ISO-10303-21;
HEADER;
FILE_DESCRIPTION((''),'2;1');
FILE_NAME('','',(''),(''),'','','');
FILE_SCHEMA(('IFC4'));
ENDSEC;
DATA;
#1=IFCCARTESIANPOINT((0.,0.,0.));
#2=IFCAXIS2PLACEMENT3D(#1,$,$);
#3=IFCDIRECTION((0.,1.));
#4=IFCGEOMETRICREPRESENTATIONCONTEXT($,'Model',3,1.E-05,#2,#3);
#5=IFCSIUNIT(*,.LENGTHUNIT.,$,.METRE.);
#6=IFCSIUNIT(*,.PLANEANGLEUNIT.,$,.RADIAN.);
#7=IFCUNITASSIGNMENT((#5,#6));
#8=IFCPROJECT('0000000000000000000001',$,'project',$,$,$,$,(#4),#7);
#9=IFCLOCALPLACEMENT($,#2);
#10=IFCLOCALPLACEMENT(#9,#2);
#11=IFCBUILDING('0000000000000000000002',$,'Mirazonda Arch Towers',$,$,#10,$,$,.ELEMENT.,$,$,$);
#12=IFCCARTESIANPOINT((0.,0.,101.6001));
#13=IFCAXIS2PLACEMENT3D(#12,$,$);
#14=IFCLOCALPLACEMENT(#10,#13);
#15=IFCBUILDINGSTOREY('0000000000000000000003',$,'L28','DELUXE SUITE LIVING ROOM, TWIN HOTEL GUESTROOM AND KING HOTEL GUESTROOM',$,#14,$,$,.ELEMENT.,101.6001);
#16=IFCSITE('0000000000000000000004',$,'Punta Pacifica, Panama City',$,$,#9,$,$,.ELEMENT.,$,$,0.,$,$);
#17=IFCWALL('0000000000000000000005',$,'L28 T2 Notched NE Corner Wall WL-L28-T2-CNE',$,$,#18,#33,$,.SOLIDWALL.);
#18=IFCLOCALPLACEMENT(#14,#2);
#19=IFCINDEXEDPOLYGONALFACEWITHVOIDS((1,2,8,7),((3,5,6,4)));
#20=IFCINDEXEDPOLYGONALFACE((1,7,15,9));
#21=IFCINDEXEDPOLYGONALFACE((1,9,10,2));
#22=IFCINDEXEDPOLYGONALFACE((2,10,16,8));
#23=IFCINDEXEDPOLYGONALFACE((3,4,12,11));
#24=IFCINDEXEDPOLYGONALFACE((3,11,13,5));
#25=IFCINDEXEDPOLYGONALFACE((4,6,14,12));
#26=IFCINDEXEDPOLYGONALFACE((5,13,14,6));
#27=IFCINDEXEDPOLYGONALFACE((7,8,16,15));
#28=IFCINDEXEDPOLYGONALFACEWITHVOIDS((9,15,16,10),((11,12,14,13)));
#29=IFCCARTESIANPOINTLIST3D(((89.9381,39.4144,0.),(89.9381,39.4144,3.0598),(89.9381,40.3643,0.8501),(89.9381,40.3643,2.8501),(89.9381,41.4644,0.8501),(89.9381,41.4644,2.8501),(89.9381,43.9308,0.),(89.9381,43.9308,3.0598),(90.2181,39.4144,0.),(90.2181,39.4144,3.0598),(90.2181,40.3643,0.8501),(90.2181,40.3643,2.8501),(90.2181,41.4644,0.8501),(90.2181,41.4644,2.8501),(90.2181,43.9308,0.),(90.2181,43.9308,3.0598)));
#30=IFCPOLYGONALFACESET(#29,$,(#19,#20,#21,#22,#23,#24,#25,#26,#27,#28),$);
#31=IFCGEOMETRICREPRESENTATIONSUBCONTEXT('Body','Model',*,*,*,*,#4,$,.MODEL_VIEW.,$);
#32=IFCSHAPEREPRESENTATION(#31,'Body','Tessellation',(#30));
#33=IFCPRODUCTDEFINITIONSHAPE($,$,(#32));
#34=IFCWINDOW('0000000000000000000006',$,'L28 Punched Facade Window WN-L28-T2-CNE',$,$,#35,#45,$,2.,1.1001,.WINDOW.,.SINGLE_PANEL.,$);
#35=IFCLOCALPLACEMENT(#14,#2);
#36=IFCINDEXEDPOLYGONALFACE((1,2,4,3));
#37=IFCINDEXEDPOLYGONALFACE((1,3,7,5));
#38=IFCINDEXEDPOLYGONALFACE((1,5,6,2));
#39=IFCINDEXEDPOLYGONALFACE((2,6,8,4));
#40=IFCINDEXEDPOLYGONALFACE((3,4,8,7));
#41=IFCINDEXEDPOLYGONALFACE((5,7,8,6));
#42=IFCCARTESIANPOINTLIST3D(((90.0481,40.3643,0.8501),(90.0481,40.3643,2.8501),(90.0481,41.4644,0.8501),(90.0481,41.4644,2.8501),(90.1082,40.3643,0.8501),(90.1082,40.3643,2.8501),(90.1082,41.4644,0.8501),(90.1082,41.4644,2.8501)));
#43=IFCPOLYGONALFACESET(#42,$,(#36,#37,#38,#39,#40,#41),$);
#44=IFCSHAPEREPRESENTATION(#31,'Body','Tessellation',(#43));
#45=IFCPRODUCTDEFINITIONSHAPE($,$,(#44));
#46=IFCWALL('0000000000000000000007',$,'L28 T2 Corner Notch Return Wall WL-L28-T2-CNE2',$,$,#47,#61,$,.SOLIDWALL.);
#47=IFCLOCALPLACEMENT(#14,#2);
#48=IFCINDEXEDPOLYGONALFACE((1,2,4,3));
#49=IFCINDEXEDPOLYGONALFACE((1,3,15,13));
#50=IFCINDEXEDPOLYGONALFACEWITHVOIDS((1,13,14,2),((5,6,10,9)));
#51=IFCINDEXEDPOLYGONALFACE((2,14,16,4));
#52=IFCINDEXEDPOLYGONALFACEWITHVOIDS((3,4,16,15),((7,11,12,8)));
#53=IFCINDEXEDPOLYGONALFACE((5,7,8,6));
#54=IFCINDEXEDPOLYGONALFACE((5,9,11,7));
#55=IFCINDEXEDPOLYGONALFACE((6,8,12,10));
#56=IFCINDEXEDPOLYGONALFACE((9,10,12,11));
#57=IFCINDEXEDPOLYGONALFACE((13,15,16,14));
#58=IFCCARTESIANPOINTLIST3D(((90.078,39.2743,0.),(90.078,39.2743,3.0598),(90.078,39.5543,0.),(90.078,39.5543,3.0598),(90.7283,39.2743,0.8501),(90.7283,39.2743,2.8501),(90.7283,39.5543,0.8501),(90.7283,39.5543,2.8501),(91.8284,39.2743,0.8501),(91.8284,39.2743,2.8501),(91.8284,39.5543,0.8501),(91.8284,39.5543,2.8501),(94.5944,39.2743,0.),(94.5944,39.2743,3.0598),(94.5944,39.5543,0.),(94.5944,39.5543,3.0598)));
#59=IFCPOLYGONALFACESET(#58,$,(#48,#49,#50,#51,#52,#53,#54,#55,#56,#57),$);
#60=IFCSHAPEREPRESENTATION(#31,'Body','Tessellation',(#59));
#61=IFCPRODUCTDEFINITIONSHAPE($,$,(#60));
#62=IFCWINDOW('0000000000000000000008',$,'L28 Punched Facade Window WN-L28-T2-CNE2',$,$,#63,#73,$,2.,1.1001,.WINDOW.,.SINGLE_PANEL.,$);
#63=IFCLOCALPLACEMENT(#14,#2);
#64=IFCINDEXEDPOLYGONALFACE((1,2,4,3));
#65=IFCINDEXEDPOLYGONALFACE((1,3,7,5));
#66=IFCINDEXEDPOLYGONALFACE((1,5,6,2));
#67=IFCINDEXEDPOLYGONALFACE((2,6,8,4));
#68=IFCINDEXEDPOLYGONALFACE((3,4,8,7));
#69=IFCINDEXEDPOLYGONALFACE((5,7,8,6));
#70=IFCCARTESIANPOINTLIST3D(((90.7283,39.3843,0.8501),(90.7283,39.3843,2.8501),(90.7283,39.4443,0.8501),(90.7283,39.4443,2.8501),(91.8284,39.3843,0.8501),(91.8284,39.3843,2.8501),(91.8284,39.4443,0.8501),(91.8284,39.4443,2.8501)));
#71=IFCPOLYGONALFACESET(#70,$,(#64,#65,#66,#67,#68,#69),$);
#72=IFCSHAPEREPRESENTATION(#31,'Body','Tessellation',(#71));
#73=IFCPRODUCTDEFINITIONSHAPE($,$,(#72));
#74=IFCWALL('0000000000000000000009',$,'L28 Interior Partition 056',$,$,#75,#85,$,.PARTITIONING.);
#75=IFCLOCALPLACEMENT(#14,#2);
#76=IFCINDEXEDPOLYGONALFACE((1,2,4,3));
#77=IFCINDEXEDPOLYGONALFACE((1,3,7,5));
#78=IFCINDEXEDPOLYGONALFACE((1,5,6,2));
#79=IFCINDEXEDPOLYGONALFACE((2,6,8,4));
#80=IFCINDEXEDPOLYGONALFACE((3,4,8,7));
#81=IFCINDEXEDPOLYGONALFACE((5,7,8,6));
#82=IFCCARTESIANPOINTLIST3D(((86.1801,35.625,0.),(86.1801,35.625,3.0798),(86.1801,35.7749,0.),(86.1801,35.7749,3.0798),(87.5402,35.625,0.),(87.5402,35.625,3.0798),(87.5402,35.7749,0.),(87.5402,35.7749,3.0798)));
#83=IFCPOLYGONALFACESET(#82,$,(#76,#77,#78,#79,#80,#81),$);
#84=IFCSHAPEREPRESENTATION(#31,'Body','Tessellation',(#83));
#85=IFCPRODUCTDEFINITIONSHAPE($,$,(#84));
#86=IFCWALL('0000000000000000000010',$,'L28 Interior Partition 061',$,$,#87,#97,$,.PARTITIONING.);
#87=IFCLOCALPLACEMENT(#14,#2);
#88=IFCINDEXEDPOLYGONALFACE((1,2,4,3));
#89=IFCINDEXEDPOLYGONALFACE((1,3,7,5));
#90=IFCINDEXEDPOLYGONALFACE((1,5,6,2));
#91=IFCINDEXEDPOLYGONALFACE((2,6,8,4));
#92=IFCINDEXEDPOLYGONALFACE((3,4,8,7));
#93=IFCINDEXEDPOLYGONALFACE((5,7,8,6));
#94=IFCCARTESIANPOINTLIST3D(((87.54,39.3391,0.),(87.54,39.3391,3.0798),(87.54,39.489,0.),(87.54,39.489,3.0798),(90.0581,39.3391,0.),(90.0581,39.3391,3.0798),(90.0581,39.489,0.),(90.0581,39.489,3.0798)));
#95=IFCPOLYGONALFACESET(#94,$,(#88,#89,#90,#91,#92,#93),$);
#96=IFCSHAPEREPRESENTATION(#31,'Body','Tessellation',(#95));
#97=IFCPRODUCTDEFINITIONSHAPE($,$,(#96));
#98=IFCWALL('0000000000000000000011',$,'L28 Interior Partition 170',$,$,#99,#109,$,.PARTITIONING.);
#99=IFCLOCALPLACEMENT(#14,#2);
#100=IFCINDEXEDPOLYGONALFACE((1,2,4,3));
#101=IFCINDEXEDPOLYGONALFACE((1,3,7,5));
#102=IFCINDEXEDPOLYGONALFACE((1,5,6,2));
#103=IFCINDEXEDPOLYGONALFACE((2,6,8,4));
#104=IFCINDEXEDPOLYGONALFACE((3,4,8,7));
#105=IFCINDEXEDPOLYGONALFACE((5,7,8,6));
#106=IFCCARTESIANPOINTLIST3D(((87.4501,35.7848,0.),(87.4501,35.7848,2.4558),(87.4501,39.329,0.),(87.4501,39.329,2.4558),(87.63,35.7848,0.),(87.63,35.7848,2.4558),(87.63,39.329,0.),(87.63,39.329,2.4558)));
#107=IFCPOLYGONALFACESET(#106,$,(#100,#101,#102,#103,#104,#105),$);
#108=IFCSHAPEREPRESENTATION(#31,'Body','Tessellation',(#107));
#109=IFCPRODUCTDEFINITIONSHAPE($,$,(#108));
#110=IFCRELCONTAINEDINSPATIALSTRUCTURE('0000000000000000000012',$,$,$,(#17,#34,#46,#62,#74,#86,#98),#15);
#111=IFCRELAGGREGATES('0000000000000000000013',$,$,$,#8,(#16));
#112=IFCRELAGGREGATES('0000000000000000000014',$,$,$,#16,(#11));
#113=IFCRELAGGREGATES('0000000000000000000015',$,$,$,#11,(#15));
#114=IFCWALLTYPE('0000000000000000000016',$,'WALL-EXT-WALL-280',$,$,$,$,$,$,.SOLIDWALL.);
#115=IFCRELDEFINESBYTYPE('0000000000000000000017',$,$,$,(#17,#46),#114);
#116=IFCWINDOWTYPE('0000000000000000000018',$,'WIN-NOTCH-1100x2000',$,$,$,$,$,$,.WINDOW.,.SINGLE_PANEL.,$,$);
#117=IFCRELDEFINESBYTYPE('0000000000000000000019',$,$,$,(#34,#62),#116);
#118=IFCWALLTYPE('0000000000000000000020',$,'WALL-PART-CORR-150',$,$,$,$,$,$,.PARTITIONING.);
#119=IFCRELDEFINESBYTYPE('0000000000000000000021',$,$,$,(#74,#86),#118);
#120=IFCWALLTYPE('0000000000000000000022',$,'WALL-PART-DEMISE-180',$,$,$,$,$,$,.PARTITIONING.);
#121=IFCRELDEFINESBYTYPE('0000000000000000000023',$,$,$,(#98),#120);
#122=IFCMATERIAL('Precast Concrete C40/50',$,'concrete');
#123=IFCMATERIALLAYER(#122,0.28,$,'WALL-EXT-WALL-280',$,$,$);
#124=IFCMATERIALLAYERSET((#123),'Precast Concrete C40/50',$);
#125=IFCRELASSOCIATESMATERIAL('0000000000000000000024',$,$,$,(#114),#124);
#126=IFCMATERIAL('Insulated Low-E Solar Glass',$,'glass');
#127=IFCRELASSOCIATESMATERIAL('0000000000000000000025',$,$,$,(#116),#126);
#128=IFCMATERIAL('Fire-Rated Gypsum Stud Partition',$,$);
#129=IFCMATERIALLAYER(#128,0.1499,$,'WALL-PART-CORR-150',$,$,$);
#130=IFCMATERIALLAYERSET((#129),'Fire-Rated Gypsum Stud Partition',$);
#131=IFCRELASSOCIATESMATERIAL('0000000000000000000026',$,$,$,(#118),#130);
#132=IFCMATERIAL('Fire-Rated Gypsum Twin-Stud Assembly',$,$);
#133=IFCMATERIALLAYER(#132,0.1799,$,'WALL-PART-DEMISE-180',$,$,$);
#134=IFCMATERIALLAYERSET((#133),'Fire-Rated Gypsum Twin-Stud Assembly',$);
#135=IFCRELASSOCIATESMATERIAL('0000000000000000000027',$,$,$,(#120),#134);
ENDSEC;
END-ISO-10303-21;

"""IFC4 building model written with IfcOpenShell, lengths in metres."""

from ifc_helpers import new_model, si_unit, direction, frame, frame_2d, origin, place, context, subcontext, project, spatial, rectangle, extrude, material, layer, layer_set, type_object, element, fill, save


model = new_model("IFC4")

# Units and contexts
model_context = context("Model", 3, precision=1e-05, world=origin(), true_north=direction((0.0, 1.0)))
body_context = subcontext(model_context, "Body", "Model", "MODEL_VIEW")
ifc_project = project(units=[si_unit("LENGTHUNIT", "METRE"), si_unit("PLANEANGLEUNIT", "RADIAN")], contexts=[model_context])

# Site, building, storey
site_placement = place(None, origin())
site = spatial("IfcSite", under=ifc_project, at=site_placement, Name="Punta Pacifica, Panama City", CompositionType="ELEMENT", RefElevation=0.0)
building_placement = place(site_placement, origin())
building = spatial("IfcBuilding", under=site, at=building_placement, Name="Mirazonda Arch Towers", CompositionType="ELEMENT")
storey_placement = place(building_placement, frame((0.0, 0.0, 101.6001)))
storey = spatial("IfcBuildingStorey", under=building, at=storey_placement, Name="L28", Description="DELUXE SUITE LIVING ROOM, TWIN HOTEL GUESTROOM AND KING HOTEL GUESTROOM", CompositionType="ELEMENT", Elevation=101.6001)

# Shared definitions
ifc_material_1 = material(Name="Insulated Low-E Solar Glass", Category="glass")

# Walls, openings, windows
ifc_material_2 = material(Name="Precast Concrete C40/50", Category="concrete")
ifc_layer_1 = layer(ifc_material_2, 0.28, Name="WALL-EXT-WALL-280")
ifc_layer_set_1 = layer_set([ifc_layer_1], Name="Precast Concrete C40/50")
wall_type_1 = type_object("IfcWallType", Name="WALL-EXT-WALL-280", PredefinedType="SOLIDWALL", material=ifc_layer_set_1)
wall_1_placement = place(storey_placement, frame((90.0781, 39.4143, 0.0), z_axis=(0.0, 0.0, 1.0), x_axis=(0.0, 1.0, 0.0)))
wall_1 = element("IfcWall", 1, at=wall_1_placement, inside=storey, type_object=wall_type_1, Name="L28 T2 Notched NE Corner Wall WL-L28-T2-CNE", PredefinedType="SOLIDWALL", context=body_context, shape_type="SweptSolid", body=[
    extrude(rectangle(XDim=4.5164, YDim=0.28, at=frame_2d((2.2583, 0.0))), origin(), (0.0, 0.0, 1.0), 3.0598),
])
opening_1_placement = place(wall_1_placement, frame((0.95, 0.0, 0.8501)))
opening_1 = element("IfcOpeningElement", 2, at=opening_1_placement, cuts=wall_1, PredefinedType="OPENING", context=body_context, shape_type="SweptSolid", body=[
    extrude(rectangle(XDim=1.1001, YDim=2.0, at=frame_2d((0.55, 1.0))), frame((0.0, 0.1499, 0.0), z_axis=(0.0, -1.0, 0.0), x_axis=(1.0, 0.0, 0.0)), (0.0, 0.0, 1.0), 0.3),
])
window_type = type_object("IfcWindowType", Name="WIN-NOTCH-1100x2000", PartitioningType="SINGLE_PANEL", PredefinedType="WINDOW", material=ifc_material_1)
window_1_placement = place(opening_1_placement, origin())
window_1 = element("IfcWindow", 3, at=window_1_placement, inside=storey, type_object=window_type, Name="L28 Punched Facade Window WN-L28-T2-CNE", OverallHeight=2.0, OverallWidth=1.1001, PartitioningType="SINGLE_PANEL", PredefinedType="WINDOW", context=body_context, shape_type="SweptSolid", body=[
    extrude(rectangle(XDim=1.1001, YDim=2.0, at=frame_2d((0.55, 1.0))), frame((0.0, 0.03, 0.0), z_axis=(0.0, -1.0, 0.0), x_axis=(1.0, 0.0, 0.0)), (0.0, 0.0, 1.0), 0.0601),
])
fill(opening_1, window_1)
wall_2_placement = place(storey_placement, frame((94.5945, 39.4143, 0.0), z_axis=(0.0, 0.0, 1.0), x_axis=(-1.0, 0.0, 0.0)))
wall_2 = element("IfcWall", 4, at=wall_2_placement, inside=storey, type_object=wall_type_1, Name="L28 T2 Corner Notch Return Wall WL-L28-T2-CNE2", PredefinedType="SOLIDWALL", context=body_context, shape_type="SweptSolid", body=[
    extrude(rectangle(XDim=4.5164, YDim=0.28, at=frame_2d((2.2583, 0.0))), origin(), (0.0, 0.0, 1.0), 3.0598),
])
opening_2_placement = place(wall_2_placement, frame((2.7661, 0.0, 0.8501)))
opening_2 = element("IfcOpeningElement", 5, at=opening_2_placement, cuts=wall_2, PredefinedType="OPENING", context=body_context, shape_type="SweptSolid", body=[
    extrude(rectangle(XDim=1.1001, YDim=2.0, at=frame_2d((0.55, 1.0))), frame((0.0, 0.1499, 0.0), z_axis=(0.0, -1.0, 0.0), x_axis=(1.0, 0.0, 0.0)), (0.0, 0.0, 1.0), 0.3),
])
window_2_placement = place(opening_2_placement, origin())
window_2 = element("IfcWindow", 6, at=window_2_placement, inside=storey, type_object=window_type, Name="L28 Punched Facade Window WN-L28-T2-CNE2", OverallHeight=2.0, OverallWidth=1.1001, PartitioningType="SINGLE_PANEL", PredefinedType="WINDOW", context=body_context, shape_type="SweptSolid", body=[
    extrude(rectangle(XDim=1.1001, YDim=2.0, at=frame_2d((0.55, 1.0))), frame((0.0, 0.03, 0.0), z_axis=(0.0, -1.0, 0.0), x_axis=(1.0, 0.0, 0.0)), (0.0, 0.0, 1.0), 0.0601),
])
fill(opening_2, window_2)

# Walls
ifc_material_3 = material(Name="Fire-Rated Gypsum Stud Partition")
ifc_layer_2 = layer(ifc_material_3, 0.1499, Name="WALL-PART-CORR-150")
ifc_layer_set_2 = layer_set([ifc_layer_2], Name="Fire-Rated Gypsum Stud Partition")
wall_type_2 = type_object("IfcWallType", Name="WALL-PART-CORR-150", PredefinedType="PARTITIONING", material=ifc_layer_set_2)
wall_3_placement = place(storey_placement, frame((86.1799, 35.7, 0.0), z_axis=(0.0, 0.0, 1.0), x_axis=(1.0, 0.0, 0.0)))
element("IfcWall", 7, at=wall_3_placement, inside=storey, type_object=wall_type_2, Name="L28 Interior Partition 056", PredefinedType="PARTITIONING", context=body_context, shape_type="SweptSolid", body=[
    extrude(rectangle(XDim=1.3601, YDim=0.1499, at=frame_2d((0.6802, 0.0))), origin(), (0.0, 0.0, 1.0), 3.0798),
])
wall_4_placement = place(storey_placement, frame((87.54, 39.4141, 0.0), z_axis=(0.0, 0.0, 1.0), x_axis=(1.0, 0.0, 0.0)))
element("IfcWall", 8, at=wall_4_placement, inside=storey, type_object=wall_type_2, Name="L28 Interior Partition 061", PredefinedType="PARTITIONING", context=body_context, shape_type="SweptSolid", body=[
    extrude(rectangle(XDim=2.5181, YDim=0.1499, at=frame_2d((1.259, 0.0))), origin(), (0.0, 0.0, 1.0), 3.0798),
])
ifc_material_4 = material(Name="Fire-Rated Gypsum Twin-Stud Assembly")
ifc_layer_3 = layer(ifc_material_4, 0.1799, Name="WALL-PART-DEMISE-180")
ifc_layer_set_3 = layer_set([ifc_layer_3], Name="Fire-Rated Gypsum Twin-Stud Assembly")
wall_type_3 = type_object("IfcWallType", Name="WALL-PART-DEMISE-180", PredefinedType="PARTITIONING", material=ifc_layer_set_3)
wall_5_placement = place(storey_placement, frame((87.54, 35.7849, 0.0), z_axis=(0.0, 0.0, 1.0), x_axis=(0.0, 1.0, 0.0)))
element("IfcWall", 9, at=wall_5_placement, inside=storey, type_object=wall_type_3, Name="L28 Interior Partition 170", PredefinedType="PARTITIONING", context=body_context, shape_type="SweptSolid", body=[
    extrude(rectangle(XDim=3.5442, YDim=0.1799, at=frame_2d((1.772, 0.0))), origin(), (0.0, 0.0, 1.0), 2.4558),
])

save(model, "model.ifc")
